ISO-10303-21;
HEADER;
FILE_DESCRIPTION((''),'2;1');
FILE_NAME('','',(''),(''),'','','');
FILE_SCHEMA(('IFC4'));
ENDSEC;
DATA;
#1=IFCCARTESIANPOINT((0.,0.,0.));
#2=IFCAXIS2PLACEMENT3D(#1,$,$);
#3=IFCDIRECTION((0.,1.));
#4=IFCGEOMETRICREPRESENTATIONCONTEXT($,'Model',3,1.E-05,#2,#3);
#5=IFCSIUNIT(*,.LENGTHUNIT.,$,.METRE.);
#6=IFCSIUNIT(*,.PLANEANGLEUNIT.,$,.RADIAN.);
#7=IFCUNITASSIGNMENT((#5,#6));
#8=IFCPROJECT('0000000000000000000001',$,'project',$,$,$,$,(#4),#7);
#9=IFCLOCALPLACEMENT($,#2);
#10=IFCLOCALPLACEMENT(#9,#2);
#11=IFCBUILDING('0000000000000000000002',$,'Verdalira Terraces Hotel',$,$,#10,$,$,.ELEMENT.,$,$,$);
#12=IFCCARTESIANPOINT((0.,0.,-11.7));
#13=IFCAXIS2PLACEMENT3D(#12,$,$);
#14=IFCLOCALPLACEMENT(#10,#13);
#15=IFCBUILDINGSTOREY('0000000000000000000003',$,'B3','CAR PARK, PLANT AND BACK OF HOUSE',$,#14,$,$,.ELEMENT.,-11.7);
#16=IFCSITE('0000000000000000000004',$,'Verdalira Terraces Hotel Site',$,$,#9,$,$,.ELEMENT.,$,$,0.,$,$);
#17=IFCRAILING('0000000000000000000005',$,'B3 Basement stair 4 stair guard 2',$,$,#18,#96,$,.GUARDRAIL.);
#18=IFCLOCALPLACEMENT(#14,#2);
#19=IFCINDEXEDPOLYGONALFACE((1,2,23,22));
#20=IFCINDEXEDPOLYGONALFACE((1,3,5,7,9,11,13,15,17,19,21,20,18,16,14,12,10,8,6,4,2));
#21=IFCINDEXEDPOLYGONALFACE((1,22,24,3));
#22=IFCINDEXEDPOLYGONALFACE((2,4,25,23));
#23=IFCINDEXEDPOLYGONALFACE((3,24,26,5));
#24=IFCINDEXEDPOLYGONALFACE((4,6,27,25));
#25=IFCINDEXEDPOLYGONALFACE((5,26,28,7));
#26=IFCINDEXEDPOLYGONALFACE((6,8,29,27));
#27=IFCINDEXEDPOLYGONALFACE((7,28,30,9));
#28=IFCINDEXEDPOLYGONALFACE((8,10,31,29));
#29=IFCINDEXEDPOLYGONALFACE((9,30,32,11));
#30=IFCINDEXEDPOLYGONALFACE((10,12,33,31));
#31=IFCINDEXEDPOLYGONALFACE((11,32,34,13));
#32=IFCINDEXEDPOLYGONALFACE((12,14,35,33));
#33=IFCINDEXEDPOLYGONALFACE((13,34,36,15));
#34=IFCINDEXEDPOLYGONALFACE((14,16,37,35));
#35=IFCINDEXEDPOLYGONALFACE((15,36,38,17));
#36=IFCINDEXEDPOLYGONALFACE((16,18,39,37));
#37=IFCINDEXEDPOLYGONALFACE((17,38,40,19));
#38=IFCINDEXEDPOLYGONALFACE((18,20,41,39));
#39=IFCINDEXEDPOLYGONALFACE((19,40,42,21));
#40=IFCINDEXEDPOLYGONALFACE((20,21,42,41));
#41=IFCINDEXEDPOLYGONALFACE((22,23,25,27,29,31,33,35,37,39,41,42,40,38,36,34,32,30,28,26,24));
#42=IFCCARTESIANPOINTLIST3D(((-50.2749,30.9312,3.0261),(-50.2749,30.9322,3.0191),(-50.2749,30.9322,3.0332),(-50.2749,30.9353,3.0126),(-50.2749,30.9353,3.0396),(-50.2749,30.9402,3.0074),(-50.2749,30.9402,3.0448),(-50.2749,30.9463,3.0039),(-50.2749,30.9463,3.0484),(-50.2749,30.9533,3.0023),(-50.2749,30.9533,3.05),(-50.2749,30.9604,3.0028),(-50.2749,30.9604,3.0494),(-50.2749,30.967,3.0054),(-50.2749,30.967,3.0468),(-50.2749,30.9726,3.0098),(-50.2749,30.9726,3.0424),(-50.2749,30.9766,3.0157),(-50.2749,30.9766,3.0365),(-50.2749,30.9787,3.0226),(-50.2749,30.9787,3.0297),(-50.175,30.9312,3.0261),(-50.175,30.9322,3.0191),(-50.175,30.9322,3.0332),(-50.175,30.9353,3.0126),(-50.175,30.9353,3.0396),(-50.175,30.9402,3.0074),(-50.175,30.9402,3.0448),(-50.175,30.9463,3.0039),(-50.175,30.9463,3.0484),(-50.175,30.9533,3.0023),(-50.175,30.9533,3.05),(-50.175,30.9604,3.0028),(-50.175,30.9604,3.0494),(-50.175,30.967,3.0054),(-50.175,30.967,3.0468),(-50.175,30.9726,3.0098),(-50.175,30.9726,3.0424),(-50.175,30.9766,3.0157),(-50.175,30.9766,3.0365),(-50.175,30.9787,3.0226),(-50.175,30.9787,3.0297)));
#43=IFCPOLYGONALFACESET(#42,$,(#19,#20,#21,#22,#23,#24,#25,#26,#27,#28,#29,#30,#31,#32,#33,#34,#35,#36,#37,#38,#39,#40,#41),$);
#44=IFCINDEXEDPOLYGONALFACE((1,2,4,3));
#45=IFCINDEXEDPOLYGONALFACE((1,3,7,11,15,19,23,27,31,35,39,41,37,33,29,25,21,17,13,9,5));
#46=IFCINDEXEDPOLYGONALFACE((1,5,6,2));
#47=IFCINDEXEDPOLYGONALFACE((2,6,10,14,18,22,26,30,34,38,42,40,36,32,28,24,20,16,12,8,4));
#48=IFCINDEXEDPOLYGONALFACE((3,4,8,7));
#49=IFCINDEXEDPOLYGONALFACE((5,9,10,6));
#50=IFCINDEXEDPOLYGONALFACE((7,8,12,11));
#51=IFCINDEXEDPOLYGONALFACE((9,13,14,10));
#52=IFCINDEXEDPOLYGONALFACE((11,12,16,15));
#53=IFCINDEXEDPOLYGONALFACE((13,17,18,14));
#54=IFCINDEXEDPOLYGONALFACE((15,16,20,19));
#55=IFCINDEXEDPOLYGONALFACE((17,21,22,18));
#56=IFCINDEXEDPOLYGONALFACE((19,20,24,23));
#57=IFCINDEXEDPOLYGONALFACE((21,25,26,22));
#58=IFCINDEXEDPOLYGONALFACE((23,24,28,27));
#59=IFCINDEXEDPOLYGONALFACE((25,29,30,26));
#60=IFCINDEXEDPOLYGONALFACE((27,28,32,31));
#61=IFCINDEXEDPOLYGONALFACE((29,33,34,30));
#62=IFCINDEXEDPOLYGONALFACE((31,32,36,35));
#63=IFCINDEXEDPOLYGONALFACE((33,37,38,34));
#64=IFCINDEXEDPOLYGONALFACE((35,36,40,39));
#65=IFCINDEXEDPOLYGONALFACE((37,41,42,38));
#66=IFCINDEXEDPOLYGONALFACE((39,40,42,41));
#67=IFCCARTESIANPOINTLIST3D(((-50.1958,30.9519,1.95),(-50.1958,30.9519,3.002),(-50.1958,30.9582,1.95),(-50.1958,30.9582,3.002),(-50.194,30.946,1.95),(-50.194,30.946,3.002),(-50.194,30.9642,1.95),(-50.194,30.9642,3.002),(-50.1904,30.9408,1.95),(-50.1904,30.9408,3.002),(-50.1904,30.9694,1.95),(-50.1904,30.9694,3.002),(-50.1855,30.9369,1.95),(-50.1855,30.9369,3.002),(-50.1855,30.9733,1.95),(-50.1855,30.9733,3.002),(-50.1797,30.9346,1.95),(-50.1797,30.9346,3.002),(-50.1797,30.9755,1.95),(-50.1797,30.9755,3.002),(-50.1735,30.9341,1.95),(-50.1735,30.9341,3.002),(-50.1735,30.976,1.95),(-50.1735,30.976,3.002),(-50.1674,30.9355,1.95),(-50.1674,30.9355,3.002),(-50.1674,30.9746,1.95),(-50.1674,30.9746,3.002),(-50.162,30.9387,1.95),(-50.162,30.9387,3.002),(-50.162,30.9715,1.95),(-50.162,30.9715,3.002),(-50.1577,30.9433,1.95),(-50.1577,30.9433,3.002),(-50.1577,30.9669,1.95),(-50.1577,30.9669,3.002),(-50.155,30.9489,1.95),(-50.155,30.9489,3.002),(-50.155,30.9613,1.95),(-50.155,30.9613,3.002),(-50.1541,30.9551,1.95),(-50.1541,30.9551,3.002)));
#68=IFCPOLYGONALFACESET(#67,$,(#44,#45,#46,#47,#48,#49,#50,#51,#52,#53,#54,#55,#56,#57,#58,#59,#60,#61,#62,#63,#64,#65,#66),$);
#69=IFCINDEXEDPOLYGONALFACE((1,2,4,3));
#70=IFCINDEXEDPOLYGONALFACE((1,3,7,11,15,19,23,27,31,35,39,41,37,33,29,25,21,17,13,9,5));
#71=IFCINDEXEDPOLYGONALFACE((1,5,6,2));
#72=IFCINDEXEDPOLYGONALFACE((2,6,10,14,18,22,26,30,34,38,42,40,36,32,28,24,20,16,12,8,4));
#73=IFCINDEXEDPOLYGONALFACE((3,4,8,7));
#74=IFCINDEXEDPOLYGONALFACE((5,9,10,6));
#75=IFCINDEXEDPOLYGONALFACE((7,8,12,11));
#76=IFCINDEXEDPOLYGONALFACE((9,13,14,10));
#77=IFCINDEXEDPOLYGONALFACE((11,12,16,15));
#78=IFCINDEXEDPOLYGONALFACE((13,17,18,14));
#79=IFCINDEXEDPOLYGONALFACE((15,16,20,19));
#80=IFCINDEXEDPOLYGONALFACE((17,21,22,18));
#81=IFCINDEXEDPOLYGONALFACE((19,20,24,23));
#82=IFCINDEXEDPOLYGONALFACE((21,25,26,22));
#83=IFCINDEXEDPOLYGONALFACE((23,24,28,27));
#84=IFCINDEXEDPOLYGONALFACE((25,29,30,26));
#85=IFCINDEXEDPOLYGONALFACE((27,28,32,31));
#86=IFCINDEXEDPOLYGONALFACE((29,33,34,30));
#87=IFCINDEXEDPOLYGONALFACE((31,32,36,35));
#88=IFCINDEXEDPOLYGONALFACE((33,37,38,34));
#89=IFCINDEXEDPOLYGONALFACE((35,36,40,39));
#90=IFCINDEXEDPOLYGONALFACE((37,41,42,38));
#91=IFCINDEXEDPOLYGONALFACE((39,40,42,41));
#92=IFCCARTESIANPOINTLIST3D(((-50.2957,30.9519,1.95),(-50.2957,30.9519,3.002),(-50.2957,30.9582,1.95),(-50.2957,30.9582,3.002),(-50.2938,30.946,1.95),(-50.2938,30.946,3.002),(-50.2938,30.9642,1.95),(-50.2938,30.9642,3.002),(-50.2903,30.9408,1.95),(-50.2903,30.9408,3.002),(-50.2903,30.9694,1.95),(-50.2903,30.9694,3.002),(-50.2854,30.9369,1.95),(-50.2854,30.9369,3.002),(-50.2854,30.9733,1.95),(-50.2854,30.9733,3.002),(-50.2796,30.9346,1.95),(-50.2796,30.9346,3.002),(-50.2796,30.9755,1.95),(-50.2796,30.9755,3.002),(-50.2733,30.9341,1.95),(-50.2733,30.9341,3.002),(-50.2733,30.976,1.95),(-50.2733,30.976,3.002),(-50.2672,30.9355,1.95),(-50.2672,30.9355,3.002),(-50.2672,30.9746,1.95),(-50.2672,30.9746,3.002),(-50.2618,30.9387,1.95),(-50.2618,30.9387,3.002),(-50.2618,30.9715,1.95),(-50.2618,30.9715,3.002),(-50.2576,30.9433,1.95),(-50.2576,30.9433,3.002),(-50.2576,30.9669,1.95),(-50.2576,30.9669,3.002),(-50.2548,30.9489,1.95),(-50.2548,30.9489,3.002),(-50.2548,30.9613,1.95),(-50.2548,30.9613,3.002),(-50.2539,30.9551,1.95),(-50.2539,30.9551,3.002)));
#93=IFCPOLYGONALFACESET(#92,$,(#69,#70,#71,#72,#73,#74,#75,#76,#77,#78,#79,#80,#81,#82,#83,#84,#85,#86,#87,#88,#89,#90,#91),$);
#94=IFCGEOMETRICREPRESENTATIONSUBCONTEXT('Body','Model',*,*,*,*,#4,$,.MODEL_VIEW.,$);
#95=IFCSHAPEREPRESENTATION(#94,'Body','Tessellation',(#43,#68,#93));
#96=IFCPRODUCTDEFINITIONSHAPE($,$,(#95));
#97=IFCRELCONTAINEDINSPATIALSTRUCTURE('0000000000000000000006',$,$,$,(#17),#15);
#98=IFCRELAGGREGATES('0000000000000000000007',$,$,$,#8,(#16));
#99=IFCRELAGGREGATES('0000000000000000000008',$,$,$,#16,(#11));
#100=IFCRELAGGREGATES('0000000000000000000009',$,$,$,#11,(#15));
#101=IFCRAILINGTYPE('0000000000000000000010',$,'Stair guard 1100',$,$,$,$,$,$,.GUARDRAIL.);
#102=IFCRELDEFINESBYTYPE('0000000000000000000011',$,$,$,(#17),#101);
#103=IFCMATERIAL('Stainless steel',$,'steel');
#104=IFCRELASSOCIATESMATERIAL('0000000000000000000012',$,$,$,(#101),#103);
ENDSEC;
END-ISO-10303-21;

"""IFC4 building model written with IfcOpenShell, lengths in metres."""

from ifc_helpers import new_model, si_unit, direction, frame, origin, origin_2d, place, context, subcontext, project, spatial, circle, extrude, material, type_object, element, save


model = new_model("IFC4")

# Units and contexts
model_context = context("Model", 3, precision=1e-05, world=origin(), true_north=direction((0.0, 1.0)))
body_context = subcontext(model_context, "Body", "Model", "MODEL_VIEW")
ifc_project = project(units=[si_unit("LENGTHUNIT", "METRE"), si_unit("PLANEANGLEUNIT", "RADIAN")], contexts=[model_context])

# Site, building, storey
site_placement = place(None, origin())
site = spatial("IfcSite", under=ifc_project, at=site_placement, Name="Verdalira Terraces Hotel Site", CompositionType="ELEMENT", RefElevation=0.0)
building_placement = place(site_placement, origin())
building = spatial("IfcBuilding", under=site, at=building_placement, Name="Verdalira Terraces Hotel", CompositionType="ELEMENT")
storey_placement = place(building_placement, frame((0.0, 0.0, -11.7)))
storey = spatial("IfcBuildingStorey", under=building, at=storey_placement, Name="B3", Description="CAR PARK, PLANT AND BACK OF HOUSE", CompositionType="ELEMENT", Elevation=-11.7)

# Railing
ifc_material_1 = material(Name="Stainless steel", Category="steel")
railing_type_1 = type_object("IfcRailingType", Name="Stair guard 1100", PredefinedType="GUARDRAIL", material=ifc_material_1)
railing_1_placement = place(storey_placement, frame((-50.175, 30.9551, 1.95)))
element("IfcRailing", 1, at=railing_1_placement, inside=storey, type_object=railing_type_1, Name="B3 Basement stair 4 stair guard 2", PredefinedType="GUARDRAIL", context=body_context, shape_type="SweptSolid", body=[
    extrude(circle(Radius=0.0239, at=origin_2d()), frame((0.0, 0.0, 1.0762), z_axis=(-1.0, 0.0, 0.0), x_axis=(0.0, -1.0, 0.0)), (0.0, 0.0, 1.0), 0.0999),
    extrude(circle(Radius=0.021, at=origin_2d()), origin(), (0.0, 0.0, 1.0), 1.052),
    extrude(circle(Radius=0.021, at=origin_2d()), frame((-0.0999, 0.0, 0.0)), (0.0, 0.0, 1.0), 1.052),
])

save(model, "model.ifc")
